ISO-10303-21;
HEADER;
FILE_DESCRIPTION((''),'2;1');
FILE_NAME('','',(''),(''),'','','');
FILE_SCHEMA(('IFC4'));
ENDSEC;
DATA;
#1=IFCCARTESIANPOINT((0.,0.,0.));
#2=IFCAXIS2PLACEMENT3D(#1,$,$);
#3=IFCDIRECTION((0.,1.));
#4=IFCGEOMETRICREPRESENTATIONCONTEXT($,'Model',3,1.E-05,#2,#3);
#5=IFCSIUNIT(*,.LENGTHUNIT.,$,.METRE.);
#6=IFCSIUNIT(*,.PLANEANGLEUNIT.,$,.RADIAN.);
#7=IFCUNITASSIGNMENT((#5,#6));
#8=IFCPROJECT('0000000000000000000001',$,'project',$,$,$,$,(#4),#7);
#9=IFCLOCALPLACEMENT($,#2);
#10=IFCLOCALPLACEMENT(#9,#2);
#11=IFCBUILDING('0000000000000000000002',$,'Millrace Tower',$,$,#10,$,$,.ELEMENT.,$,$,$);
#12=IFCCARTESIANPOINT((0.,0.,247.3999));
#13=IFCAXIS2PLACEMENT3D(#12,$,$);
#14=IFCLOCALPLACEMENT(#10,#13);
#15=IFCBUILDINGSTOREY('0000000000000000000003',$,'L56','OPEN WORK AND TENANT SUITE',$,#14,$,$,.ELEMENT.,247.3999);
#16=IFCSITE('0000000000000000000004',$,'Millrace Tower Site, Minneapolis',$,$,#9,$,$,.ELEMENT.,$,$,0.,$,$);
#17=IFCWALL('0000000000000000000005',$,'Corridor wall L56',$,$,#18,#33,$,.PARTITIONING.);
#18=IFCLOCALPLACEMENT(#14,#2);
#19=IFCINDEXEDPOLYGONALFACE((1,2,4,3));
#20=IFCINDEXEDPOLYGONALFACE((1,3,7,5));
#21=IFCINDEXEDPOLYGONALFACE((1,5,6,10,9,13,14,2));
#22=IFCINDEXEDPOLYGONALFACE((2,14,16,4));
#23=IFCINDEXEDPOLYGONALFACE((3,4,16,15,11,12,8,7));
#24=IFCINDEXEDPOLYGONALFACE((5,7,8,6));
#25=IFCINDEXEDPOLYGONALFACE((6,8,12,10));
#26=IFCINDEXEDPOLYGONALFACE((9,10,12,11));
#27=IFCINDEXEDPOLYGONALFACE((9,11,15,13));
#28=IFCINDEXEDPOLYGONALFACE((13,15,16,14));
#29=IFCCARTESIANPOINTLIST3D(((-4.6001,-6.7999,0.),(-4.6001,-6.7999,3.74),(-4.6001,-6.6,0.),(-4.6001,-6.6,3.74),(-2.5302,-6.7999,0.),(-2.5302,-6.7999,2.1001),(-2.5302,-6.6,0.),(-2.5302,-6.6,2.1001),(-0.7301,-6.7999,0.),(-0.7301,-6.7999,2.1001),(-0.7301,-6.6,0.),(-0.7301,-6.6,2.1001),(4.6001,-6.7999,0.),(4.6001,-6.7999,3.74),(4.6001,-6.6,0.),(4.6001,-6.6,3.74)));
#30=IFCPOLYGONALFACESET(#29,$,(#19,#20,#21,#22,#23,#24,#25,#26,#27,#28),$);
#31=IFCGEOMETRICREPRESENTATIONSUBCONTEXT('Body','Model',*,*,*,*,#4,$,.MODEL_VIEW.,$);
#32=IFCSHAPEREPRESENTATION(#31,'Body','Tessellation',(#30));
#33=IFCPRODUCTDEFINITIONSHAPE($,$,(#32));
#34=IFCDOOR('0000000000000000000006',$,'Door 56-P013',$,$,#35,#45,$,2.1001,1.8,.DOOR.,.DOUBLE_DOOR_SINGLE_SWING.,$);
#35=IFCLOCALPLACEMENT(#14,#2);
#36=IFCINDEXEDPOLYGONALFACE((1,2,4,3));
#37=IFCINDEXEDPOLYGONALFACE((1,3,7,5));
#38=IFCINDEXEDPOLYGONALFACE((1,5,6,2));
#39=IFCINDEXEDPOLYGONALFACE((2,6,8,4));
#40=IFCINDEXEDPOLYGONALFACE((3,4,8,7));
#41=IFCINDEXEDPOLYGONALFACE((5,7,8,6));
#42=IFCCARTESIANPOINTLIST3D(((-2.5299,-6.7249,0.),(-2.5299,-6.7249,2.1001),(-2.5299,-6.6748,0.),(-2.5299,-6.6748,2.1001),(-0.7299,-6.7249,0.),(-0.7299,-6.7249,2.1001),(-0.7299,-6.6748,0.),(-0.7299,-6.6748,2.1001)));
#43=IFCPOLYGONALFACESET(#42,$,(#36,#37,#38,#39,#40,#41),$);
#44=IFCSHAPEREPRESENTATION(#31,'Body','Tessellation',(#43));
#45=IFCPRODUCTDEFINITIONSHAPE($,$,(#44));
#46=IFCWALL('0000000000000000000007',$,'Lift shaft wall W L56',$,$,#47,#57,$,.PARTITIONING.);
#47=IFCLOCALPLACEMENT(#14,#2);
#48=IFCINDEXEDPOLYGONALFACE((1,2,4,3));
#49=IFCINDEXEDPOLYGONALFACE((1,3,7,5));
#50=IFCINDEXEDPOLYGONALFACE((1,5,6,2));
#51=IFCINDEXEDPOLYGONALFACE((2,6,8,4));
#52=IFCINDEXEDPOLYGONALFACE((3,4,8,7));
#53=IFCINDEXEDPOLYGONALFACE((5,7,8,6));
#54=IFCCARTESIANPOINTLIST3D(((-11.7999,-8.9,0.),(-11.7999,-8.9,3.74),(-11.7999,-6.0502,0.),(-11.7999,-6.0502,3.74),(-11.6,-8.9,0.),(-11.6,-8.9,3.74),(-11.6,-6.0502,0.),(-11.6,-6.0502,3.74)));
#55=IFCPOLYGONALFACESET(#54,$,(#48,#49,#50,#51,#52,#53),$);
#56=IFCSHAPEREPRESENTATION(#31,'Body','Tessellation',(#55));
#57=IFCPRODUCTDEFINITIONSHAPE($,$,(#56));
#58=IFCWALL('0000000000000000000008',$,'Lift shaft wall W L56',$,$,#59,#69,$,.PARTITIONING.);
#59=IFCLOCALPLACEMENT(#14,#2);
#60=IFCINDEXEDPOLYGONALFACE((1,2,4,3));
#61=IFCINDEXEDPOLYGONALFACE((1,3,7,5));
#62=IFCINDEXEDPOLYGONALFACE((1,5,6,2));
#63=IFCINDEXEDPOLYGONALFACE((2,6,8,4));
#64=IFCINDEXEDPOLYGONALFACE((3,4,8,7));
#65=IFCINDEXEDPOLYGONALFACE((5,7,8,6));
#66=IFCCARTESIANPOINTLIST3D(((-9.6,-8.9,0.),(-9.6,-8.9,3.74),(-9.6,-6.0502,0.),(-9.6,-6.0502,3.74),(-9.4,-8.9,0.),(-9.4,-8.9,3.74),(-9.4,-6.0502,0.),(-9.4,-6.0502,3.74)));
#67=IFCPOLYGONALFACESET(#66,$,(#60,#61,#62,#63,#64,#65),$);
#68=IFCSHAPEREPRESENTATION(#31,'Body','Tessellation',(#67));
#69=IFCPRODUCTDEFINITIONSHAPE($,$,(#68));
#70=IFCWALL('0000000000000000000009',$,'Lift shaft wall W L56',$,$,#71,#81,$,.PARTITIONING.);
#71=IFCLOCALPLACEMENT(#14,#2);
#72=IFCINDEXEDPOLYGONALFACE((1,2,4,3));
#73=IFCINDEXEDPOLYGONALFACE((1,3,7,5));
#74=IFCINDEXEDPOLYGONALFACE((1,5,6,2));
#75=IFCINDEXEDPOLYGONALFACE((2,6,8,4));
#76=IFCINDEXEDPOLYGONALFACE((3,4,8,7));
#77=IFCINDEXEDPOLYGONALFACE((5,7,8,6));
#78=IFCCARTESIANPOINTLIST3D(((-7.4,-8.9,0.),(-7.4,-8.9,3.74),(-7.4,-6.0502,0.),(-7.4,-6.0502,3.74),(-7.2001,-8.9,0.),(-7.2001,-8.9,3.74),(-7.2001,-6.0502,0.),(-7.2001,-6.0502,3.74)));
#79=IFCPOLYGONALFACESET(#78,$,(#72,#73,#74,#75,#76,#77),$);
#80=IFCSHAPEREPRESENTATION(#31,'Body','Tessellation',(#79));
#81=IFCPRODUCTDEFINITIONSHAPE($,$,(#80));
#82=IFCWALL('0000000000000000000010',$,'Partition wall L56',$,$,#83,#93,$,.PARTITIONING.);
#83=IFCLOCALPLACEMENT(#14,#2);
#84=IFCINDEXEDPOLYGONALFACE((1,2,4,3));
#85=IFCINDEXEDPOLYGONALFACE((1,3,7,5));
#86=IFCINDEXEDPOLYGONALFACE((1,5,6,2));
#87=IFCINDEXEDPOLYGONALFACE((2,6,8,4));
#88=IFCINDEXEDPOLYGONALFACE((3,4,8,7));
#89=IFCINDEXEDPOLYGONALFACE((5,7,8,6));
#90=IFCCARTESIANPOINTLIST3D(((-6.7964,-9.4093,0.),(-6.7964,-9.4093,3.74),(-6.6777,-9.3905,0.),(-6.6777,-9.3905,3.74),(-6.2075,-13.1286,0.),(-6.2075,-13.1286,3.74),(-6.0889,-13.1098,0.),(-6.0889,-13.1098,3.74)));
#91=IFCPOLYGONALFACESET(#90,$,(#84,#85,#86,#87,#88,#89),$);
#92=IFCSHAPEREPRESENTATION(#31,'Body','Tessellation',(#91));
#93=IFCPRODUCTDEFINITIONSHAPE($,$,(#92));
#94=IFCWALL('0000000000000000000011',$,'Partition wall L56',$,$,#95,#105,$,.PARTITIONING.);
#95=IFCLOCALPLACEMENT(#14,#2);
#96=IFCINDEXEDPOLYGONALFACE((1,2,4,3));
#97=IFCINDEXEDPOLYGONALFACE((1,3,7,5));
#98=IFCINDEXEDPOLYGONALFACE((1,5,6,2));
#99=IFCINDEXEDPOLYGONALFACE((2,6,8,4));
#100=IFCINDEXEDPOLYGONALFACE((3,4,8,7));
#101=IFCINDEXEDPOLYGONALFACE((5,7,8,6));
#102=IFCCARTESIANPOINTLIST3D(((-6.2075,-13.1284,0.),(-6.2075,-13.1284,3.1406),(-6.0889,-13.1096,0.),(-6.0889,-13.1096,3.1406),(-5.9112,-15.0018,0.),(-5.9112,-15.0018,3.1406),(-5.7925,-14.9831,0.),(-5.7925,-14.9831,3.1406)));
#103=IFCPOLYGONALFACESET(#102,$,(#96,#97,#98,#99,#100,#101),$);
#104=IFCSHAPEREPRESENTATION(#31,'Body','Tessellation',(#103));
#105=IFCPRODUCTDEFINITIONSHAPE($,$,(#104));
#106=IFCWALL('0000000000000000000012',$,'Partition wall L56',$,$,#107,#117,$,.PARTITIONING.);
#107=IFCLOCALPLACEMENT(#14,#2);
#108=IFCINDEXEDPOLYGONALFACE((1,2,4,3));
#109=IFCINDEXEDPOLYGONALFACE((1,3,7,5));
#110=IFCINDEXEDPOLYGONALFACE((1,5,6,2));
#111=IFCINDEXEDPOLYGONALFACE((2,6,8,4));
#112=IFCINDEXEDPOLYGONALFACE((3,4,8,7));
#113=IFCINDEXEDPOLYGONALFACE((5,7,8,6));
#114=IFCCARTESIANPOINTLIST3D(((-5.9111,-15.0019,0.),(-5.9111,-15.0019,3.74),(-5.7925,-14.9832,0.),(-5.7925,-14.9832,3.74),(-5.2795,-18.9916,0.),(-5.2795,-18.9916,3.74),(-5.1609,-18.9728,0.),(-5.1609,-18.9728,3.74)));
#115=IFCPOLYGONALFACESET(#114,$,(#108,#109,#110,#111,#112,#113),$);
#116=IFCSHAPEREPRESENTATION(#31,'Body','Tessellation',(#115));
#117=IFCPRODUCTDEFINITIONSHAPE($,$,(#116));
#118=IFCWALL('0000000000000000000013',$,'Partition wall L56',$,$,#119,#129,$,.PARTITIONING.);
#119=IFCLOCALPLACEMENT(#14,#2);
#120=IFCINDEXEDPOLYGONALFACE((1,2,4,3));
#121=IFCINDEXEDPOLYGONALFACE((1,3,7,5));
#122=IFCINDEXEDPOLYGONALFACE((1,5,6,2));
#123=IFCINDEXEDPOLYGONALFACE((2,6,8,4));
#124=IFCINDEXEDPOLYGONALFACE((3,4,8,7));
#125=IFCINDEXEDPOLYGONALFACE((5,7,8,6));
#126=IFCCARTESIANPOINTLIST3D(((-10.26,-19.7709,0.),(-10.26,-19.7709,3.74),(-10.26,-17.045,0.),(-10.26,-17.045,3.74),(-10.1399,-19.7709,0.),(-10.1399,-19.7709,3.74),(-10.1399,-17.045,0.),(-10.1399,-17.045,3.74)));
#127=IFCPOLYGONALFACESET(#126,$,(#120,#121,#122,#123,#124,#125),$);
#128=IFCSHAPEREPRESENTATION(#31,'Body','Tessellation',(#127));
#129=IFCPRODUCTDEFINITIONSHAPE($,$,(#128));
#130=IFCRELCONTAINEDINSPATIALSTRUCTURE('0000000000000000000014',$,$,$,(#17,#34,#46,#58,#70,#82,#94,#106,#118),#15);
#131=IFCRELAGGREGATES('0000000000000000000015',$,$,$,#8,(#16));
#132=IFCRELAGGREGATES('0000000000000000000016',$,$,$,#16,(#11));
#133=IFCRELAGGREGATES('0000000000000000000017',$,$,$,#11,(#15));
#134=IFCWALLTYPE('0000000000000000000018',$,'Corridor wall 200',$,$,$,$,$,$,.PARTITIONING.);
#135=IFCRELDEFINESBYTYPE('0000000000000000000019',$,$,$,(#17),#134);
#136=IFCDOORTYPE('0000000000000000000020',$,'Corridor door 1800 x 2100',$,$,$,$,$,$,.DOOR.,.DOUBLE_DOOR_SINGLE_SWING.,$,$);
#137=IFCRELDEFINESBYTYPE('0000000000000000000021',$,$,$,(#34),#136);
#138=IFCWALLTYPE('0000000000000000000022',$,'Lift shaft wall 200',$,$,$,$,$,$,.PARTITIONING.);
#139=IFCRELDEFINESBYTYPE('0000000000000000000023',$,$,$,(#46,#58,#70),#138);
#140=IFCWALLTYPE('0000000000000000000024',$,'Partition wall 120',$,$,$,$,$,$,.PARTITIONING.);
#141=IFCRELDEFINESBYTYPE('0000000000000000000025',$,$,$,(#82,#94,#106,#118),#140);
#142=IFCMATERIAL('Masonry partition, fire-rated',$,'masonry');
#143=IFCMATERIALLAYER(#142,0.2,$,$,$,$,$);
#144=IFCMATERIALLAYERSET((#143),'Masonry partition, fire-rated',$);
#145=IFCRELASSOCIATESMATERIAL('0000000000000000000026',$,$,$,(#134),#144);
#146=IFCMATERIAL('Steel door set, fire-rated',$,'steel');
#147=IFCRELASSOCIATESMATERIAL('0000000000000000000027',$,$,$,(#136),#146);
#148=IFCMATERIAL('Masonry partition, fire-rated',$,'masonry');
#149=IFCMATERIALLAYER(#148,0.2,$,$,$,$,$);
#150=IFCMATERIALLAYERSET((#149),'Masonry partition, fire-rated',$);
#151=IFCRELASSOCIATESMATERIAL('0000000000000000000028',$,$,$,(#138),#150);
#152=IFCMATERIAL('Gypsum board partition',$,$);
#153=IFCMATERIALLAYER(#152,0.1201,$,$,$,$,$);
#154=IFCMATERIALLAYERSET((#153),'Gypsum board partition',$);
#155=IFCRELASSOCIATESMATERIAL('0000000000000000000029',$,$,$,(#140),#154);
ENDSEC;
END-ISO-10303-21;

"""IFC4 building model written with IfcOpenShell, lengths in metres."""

from ifc_helpers import new_model, si_unit, direction, frame, frame_2d, origin, place, context, subcontext, project, spatial, rectangle, extrude, material, layer, layer_set, type_object, element, fill, save


model = new_model("IFC4")

# Units and contexts
model_context = context("Model", 3, precision=1e-05, world=origin(), true_north=direction((0.0, 1.0)))
body_context = subcontext(model_context, "Body", "Model", "MODEL_VIEW")
ifc_project = project(units=[si_unit("LENGTHUNIT", "METRE"), si_unit("PLANEANGLEUNIT", "RADIAN")], contexts=[model_context])

# Site, building, storey
site_placement = place(None, origin())
site = spatial("IfcSite", under=ifc_project, at=site_placement, Name="Millrace Tower Site, Minneapolis", CompositionType="ELEMENT", RefElevation=0.0)
building_placement = place(site_placement, origin())
building = spatial("IfcBuilding", under=site, at=building_placement, Name="Millrace Tower", CompositionType="ELEMENT")
storey_placement = place(building_placement, frame((0.0, 0.0, 247.3999)))
storey = spatial("IfcBuildingStorey", under=building, at=storey_placement, Name="L56", Description="OPEN WORK AND TENANT SUITE", CompositionType="ELEMENT", Elevation=247.3999)

# Wall, opening, door
ifc_material_1 = material(Name="Masonry partition, fire-rated", Category="masonry")
ifc_layer_1 = layer(ifc_material_1, 0.2)
ifc_layer_set_1 = layer_set([ifc_layer_1], Name="Masonry partition, fire-rated")
wall_type_1 = type_object("IfcWallType", Name="Corridor wall 200", PredefinedType="PARTITIONING", material=ifc_layer_set_1)
wall_1_placement = place(storey_placement, frame((-4.6001, -6.7, 0.0), z_axis=(0.0, 0.0, 1.0), x_axis=(1.0, 0.0, 0.0)))
wall_1 = element("IfcWall", 1, at=wall_1_placement, inside=storey, type_object=wall_type_1, Name="Corridor wall L56", PredefinedType="PARTITIONING", context=body_context, shape_type="SweptSolid", body=[
    extrude(rectangle(XDim=9.2002, YDim=0.2, at=frame_2d((4.6001, 0.0))), origin(), (0.0, 0.0, 1.0), 3.74),
])
opening_placement = place(wall_1_placement, frame((2.0701, 0.0, 0.0)))
opening = element("IfcOpeningElement", 2, at=opening_placement, cuts=wall_1, PredefinedType="OPENING", context=body_context, shape_type="SweptSolid", body=[
    extrude(rectangle(XDim=1.8, YDim=2.1001, at=frame_2d((0.8999, 1.05))), frame((0.0, 0.1099, 0.0), z_axis=(0.0, -1.0, 0.0), x_axis=(1.0, 0.0, 0.0)), (0.0, 0.0, 1.0), 0.22),
])
ifc_material_2 = material(Name="Steel door set, fire-rated", Category="steel")
door_type = type_object("IfcDoorType", Name="Corridor door 1800 x 2100", OperationType="DOUBLE_DOOR_SINGLE_SWING", PredefinedType="DOOR", material=ifc_material_2)
door_placement = place(opening_placement, frame((1.8, 0.0, 0.0), z_axis=(0.0, 0.0, 1.0), x_axis=(-1.0, 0.0, 0.0)))
door = element("IfcDoor", 3, at=door_placement, inside=storey, type_object=door_type, Name="Door 56-P013", OperationType="DOUBLE_DOOR_SINGLE_SWING", OverallHeight=2.1001, OverallWidth=1.8, PredefinedType="DOOR", context=body_context, shape_type="SweptSolid", body=[
    extrude(rectangle(XDim=1.8, YDim=2.1001, at=frame_2d((0.8999, 1.05))), frame((0.0, 0.0249, 0.0), z_axis=(0.0, -1.0, 0.0), x_axis=(1.0, 0.0, 0.0)), (0.0, 0.0, 1.0), 0.05),
])
fill(opening, door)

# Walls
ifc_material_3 = material(Name="Masonry partition, fire-rated", Category="masonry")
ifc_layer_2 = layer(ifc_material_3, 0.2)
ifc_layer_set_2 = layer_set([ifc_layer_2], Name="Masonry partition, fire-rated")
wall_type_2 = type_object("IfcWallType", Name="Lift shaft wall 200", PredefinedType="PARTITIONING", material=ifc_layer_set_2)
for number, where, z_axis, x_axis, name in (
    (4, (-11.7, -8.8999, 0.0), (0.0, 0.0, 1.0), (0.0, 1.0, 0.0), "Lift shaft wall W L56"),
    (5, (-9.5, -8.8999, 0.0), (0.0, 0.0, 1.0), (0.0, 1.0, 0.0), "Lift shaft wall W L56"),
    (6, (-7.3, -8.8999, 0.0), (0.0, 0.0, 1.0), (0.0, 1.0, 0.0), "Lift shaft wall W L56"),
):
    element("IfcWall", number, at=place(storey_placement, frame(where, z_axis=z_axis, x_axis=x_axis)), inside=storey, type_object=wall_type_2, Name=name, PredefinedType="PARTITIONING", context=body_context, shape_type="SweptSolid", body=[
        extrude(rectangle(XDim=2.8499, YDim=0.2, at=frame_2d((1.4248, 0.0))), origin(), (0.0, 0.0, 1.0), 3.74),
    ])
ifc_material_4 = material(Name="Gypsum board partition")
ifc_layer_3 = layer(ifc_material_4, 0.1201)
ifc_layer_set_3 = layer_set([ifc_layer_3], Name="Gypsum board partition")
wall_type_3 = type_object("IfcWallType", Name="Partition wall 120", PredefinedType="PARTITIONING", material=ifc_layer_set_3)
wall_2_placement = place(storey_placement, frame((-6.7371, -9.3999, 0.0), z_axis=(0.0, 0.0, 1.0), x_axis=(0.156382, -0.987697, 0.0)))
element("IfcWall", 7, at=wall_2_placement, inside=storey, type_object=wall_type_3, Name="Partition wall L56", PredefinedType="PARTITIONING", context=body_context, shape_type="SweptSolid", body=[
    extrude(rectangle(XDim=3.7656, YDim=0.1201, at=frame_2d((1.8828, 0.0))), origin(), (0.0, 0.0, 1.0), 3.74),
])
wall_3_placement = place(storey_placement, frame((-6.1482, -13.1191, 0.0), z_axis=(0.0, 0.0, 1.0), x_axis=(0.156253, -0.987717, 0.0)))
element("IfcWall", 8, at=wall_3_placement, inside=storey, type_object=wall_type_3, Name="Partition wall L56", PredefinedType="PARTITIONING", context=body_context, shape_type="SweptSolid", body=[
    extrude(rectangle(XDim=1.8967, YDim=0.1201, at=frame_2d((0.9482, 0.0))), origin(), (0.0, 0.0, 1.0), 3.1406),
])
wall_4_placement = place(storey_placement, frame((-5.8518, -14.9927, 0.0), z_axis=(0.0, 0.0, 1.0), x_axis=(0.156366, -0.987699, 0.0)))
element("IfcWall", 9, at=wall_4_placement, inside=storey, type_object=wall_type_3, Name="Partition wall L56", PredefinedType="PARTITIONING", context=body_context, shape_type="SweptSolid", body=[
    extrude(rectangle(XDim=4.0393, YDim=0.1201, at=frame_2d((2.0195, 0.0))), origin(), (0.0, 0.0, 1.0), 3.74),
])
wall_5_placement = place(storey_placement, frame((-10.2, -19.7708, 0.0), z_axis=(0.0, 0.0, 1.0), x_axis=(0.0, 1.0, 0.0)))
element("IfcWall", 10, at=wall_5_placement, inside=storey, type_object=wall_type_3, Name="Partition wall L56", PredefinedType="PARTITIONING", context=body_context, shape_type="SweptSolid", body=[
    extrude(rectangle(XDim=2.7258, YDim=0.1201, at=frame_2d((1.3628, 0.0))), origin(), (0.0, 0.0, 1.0), 3.74),
])

save(model, "model.ifc")
